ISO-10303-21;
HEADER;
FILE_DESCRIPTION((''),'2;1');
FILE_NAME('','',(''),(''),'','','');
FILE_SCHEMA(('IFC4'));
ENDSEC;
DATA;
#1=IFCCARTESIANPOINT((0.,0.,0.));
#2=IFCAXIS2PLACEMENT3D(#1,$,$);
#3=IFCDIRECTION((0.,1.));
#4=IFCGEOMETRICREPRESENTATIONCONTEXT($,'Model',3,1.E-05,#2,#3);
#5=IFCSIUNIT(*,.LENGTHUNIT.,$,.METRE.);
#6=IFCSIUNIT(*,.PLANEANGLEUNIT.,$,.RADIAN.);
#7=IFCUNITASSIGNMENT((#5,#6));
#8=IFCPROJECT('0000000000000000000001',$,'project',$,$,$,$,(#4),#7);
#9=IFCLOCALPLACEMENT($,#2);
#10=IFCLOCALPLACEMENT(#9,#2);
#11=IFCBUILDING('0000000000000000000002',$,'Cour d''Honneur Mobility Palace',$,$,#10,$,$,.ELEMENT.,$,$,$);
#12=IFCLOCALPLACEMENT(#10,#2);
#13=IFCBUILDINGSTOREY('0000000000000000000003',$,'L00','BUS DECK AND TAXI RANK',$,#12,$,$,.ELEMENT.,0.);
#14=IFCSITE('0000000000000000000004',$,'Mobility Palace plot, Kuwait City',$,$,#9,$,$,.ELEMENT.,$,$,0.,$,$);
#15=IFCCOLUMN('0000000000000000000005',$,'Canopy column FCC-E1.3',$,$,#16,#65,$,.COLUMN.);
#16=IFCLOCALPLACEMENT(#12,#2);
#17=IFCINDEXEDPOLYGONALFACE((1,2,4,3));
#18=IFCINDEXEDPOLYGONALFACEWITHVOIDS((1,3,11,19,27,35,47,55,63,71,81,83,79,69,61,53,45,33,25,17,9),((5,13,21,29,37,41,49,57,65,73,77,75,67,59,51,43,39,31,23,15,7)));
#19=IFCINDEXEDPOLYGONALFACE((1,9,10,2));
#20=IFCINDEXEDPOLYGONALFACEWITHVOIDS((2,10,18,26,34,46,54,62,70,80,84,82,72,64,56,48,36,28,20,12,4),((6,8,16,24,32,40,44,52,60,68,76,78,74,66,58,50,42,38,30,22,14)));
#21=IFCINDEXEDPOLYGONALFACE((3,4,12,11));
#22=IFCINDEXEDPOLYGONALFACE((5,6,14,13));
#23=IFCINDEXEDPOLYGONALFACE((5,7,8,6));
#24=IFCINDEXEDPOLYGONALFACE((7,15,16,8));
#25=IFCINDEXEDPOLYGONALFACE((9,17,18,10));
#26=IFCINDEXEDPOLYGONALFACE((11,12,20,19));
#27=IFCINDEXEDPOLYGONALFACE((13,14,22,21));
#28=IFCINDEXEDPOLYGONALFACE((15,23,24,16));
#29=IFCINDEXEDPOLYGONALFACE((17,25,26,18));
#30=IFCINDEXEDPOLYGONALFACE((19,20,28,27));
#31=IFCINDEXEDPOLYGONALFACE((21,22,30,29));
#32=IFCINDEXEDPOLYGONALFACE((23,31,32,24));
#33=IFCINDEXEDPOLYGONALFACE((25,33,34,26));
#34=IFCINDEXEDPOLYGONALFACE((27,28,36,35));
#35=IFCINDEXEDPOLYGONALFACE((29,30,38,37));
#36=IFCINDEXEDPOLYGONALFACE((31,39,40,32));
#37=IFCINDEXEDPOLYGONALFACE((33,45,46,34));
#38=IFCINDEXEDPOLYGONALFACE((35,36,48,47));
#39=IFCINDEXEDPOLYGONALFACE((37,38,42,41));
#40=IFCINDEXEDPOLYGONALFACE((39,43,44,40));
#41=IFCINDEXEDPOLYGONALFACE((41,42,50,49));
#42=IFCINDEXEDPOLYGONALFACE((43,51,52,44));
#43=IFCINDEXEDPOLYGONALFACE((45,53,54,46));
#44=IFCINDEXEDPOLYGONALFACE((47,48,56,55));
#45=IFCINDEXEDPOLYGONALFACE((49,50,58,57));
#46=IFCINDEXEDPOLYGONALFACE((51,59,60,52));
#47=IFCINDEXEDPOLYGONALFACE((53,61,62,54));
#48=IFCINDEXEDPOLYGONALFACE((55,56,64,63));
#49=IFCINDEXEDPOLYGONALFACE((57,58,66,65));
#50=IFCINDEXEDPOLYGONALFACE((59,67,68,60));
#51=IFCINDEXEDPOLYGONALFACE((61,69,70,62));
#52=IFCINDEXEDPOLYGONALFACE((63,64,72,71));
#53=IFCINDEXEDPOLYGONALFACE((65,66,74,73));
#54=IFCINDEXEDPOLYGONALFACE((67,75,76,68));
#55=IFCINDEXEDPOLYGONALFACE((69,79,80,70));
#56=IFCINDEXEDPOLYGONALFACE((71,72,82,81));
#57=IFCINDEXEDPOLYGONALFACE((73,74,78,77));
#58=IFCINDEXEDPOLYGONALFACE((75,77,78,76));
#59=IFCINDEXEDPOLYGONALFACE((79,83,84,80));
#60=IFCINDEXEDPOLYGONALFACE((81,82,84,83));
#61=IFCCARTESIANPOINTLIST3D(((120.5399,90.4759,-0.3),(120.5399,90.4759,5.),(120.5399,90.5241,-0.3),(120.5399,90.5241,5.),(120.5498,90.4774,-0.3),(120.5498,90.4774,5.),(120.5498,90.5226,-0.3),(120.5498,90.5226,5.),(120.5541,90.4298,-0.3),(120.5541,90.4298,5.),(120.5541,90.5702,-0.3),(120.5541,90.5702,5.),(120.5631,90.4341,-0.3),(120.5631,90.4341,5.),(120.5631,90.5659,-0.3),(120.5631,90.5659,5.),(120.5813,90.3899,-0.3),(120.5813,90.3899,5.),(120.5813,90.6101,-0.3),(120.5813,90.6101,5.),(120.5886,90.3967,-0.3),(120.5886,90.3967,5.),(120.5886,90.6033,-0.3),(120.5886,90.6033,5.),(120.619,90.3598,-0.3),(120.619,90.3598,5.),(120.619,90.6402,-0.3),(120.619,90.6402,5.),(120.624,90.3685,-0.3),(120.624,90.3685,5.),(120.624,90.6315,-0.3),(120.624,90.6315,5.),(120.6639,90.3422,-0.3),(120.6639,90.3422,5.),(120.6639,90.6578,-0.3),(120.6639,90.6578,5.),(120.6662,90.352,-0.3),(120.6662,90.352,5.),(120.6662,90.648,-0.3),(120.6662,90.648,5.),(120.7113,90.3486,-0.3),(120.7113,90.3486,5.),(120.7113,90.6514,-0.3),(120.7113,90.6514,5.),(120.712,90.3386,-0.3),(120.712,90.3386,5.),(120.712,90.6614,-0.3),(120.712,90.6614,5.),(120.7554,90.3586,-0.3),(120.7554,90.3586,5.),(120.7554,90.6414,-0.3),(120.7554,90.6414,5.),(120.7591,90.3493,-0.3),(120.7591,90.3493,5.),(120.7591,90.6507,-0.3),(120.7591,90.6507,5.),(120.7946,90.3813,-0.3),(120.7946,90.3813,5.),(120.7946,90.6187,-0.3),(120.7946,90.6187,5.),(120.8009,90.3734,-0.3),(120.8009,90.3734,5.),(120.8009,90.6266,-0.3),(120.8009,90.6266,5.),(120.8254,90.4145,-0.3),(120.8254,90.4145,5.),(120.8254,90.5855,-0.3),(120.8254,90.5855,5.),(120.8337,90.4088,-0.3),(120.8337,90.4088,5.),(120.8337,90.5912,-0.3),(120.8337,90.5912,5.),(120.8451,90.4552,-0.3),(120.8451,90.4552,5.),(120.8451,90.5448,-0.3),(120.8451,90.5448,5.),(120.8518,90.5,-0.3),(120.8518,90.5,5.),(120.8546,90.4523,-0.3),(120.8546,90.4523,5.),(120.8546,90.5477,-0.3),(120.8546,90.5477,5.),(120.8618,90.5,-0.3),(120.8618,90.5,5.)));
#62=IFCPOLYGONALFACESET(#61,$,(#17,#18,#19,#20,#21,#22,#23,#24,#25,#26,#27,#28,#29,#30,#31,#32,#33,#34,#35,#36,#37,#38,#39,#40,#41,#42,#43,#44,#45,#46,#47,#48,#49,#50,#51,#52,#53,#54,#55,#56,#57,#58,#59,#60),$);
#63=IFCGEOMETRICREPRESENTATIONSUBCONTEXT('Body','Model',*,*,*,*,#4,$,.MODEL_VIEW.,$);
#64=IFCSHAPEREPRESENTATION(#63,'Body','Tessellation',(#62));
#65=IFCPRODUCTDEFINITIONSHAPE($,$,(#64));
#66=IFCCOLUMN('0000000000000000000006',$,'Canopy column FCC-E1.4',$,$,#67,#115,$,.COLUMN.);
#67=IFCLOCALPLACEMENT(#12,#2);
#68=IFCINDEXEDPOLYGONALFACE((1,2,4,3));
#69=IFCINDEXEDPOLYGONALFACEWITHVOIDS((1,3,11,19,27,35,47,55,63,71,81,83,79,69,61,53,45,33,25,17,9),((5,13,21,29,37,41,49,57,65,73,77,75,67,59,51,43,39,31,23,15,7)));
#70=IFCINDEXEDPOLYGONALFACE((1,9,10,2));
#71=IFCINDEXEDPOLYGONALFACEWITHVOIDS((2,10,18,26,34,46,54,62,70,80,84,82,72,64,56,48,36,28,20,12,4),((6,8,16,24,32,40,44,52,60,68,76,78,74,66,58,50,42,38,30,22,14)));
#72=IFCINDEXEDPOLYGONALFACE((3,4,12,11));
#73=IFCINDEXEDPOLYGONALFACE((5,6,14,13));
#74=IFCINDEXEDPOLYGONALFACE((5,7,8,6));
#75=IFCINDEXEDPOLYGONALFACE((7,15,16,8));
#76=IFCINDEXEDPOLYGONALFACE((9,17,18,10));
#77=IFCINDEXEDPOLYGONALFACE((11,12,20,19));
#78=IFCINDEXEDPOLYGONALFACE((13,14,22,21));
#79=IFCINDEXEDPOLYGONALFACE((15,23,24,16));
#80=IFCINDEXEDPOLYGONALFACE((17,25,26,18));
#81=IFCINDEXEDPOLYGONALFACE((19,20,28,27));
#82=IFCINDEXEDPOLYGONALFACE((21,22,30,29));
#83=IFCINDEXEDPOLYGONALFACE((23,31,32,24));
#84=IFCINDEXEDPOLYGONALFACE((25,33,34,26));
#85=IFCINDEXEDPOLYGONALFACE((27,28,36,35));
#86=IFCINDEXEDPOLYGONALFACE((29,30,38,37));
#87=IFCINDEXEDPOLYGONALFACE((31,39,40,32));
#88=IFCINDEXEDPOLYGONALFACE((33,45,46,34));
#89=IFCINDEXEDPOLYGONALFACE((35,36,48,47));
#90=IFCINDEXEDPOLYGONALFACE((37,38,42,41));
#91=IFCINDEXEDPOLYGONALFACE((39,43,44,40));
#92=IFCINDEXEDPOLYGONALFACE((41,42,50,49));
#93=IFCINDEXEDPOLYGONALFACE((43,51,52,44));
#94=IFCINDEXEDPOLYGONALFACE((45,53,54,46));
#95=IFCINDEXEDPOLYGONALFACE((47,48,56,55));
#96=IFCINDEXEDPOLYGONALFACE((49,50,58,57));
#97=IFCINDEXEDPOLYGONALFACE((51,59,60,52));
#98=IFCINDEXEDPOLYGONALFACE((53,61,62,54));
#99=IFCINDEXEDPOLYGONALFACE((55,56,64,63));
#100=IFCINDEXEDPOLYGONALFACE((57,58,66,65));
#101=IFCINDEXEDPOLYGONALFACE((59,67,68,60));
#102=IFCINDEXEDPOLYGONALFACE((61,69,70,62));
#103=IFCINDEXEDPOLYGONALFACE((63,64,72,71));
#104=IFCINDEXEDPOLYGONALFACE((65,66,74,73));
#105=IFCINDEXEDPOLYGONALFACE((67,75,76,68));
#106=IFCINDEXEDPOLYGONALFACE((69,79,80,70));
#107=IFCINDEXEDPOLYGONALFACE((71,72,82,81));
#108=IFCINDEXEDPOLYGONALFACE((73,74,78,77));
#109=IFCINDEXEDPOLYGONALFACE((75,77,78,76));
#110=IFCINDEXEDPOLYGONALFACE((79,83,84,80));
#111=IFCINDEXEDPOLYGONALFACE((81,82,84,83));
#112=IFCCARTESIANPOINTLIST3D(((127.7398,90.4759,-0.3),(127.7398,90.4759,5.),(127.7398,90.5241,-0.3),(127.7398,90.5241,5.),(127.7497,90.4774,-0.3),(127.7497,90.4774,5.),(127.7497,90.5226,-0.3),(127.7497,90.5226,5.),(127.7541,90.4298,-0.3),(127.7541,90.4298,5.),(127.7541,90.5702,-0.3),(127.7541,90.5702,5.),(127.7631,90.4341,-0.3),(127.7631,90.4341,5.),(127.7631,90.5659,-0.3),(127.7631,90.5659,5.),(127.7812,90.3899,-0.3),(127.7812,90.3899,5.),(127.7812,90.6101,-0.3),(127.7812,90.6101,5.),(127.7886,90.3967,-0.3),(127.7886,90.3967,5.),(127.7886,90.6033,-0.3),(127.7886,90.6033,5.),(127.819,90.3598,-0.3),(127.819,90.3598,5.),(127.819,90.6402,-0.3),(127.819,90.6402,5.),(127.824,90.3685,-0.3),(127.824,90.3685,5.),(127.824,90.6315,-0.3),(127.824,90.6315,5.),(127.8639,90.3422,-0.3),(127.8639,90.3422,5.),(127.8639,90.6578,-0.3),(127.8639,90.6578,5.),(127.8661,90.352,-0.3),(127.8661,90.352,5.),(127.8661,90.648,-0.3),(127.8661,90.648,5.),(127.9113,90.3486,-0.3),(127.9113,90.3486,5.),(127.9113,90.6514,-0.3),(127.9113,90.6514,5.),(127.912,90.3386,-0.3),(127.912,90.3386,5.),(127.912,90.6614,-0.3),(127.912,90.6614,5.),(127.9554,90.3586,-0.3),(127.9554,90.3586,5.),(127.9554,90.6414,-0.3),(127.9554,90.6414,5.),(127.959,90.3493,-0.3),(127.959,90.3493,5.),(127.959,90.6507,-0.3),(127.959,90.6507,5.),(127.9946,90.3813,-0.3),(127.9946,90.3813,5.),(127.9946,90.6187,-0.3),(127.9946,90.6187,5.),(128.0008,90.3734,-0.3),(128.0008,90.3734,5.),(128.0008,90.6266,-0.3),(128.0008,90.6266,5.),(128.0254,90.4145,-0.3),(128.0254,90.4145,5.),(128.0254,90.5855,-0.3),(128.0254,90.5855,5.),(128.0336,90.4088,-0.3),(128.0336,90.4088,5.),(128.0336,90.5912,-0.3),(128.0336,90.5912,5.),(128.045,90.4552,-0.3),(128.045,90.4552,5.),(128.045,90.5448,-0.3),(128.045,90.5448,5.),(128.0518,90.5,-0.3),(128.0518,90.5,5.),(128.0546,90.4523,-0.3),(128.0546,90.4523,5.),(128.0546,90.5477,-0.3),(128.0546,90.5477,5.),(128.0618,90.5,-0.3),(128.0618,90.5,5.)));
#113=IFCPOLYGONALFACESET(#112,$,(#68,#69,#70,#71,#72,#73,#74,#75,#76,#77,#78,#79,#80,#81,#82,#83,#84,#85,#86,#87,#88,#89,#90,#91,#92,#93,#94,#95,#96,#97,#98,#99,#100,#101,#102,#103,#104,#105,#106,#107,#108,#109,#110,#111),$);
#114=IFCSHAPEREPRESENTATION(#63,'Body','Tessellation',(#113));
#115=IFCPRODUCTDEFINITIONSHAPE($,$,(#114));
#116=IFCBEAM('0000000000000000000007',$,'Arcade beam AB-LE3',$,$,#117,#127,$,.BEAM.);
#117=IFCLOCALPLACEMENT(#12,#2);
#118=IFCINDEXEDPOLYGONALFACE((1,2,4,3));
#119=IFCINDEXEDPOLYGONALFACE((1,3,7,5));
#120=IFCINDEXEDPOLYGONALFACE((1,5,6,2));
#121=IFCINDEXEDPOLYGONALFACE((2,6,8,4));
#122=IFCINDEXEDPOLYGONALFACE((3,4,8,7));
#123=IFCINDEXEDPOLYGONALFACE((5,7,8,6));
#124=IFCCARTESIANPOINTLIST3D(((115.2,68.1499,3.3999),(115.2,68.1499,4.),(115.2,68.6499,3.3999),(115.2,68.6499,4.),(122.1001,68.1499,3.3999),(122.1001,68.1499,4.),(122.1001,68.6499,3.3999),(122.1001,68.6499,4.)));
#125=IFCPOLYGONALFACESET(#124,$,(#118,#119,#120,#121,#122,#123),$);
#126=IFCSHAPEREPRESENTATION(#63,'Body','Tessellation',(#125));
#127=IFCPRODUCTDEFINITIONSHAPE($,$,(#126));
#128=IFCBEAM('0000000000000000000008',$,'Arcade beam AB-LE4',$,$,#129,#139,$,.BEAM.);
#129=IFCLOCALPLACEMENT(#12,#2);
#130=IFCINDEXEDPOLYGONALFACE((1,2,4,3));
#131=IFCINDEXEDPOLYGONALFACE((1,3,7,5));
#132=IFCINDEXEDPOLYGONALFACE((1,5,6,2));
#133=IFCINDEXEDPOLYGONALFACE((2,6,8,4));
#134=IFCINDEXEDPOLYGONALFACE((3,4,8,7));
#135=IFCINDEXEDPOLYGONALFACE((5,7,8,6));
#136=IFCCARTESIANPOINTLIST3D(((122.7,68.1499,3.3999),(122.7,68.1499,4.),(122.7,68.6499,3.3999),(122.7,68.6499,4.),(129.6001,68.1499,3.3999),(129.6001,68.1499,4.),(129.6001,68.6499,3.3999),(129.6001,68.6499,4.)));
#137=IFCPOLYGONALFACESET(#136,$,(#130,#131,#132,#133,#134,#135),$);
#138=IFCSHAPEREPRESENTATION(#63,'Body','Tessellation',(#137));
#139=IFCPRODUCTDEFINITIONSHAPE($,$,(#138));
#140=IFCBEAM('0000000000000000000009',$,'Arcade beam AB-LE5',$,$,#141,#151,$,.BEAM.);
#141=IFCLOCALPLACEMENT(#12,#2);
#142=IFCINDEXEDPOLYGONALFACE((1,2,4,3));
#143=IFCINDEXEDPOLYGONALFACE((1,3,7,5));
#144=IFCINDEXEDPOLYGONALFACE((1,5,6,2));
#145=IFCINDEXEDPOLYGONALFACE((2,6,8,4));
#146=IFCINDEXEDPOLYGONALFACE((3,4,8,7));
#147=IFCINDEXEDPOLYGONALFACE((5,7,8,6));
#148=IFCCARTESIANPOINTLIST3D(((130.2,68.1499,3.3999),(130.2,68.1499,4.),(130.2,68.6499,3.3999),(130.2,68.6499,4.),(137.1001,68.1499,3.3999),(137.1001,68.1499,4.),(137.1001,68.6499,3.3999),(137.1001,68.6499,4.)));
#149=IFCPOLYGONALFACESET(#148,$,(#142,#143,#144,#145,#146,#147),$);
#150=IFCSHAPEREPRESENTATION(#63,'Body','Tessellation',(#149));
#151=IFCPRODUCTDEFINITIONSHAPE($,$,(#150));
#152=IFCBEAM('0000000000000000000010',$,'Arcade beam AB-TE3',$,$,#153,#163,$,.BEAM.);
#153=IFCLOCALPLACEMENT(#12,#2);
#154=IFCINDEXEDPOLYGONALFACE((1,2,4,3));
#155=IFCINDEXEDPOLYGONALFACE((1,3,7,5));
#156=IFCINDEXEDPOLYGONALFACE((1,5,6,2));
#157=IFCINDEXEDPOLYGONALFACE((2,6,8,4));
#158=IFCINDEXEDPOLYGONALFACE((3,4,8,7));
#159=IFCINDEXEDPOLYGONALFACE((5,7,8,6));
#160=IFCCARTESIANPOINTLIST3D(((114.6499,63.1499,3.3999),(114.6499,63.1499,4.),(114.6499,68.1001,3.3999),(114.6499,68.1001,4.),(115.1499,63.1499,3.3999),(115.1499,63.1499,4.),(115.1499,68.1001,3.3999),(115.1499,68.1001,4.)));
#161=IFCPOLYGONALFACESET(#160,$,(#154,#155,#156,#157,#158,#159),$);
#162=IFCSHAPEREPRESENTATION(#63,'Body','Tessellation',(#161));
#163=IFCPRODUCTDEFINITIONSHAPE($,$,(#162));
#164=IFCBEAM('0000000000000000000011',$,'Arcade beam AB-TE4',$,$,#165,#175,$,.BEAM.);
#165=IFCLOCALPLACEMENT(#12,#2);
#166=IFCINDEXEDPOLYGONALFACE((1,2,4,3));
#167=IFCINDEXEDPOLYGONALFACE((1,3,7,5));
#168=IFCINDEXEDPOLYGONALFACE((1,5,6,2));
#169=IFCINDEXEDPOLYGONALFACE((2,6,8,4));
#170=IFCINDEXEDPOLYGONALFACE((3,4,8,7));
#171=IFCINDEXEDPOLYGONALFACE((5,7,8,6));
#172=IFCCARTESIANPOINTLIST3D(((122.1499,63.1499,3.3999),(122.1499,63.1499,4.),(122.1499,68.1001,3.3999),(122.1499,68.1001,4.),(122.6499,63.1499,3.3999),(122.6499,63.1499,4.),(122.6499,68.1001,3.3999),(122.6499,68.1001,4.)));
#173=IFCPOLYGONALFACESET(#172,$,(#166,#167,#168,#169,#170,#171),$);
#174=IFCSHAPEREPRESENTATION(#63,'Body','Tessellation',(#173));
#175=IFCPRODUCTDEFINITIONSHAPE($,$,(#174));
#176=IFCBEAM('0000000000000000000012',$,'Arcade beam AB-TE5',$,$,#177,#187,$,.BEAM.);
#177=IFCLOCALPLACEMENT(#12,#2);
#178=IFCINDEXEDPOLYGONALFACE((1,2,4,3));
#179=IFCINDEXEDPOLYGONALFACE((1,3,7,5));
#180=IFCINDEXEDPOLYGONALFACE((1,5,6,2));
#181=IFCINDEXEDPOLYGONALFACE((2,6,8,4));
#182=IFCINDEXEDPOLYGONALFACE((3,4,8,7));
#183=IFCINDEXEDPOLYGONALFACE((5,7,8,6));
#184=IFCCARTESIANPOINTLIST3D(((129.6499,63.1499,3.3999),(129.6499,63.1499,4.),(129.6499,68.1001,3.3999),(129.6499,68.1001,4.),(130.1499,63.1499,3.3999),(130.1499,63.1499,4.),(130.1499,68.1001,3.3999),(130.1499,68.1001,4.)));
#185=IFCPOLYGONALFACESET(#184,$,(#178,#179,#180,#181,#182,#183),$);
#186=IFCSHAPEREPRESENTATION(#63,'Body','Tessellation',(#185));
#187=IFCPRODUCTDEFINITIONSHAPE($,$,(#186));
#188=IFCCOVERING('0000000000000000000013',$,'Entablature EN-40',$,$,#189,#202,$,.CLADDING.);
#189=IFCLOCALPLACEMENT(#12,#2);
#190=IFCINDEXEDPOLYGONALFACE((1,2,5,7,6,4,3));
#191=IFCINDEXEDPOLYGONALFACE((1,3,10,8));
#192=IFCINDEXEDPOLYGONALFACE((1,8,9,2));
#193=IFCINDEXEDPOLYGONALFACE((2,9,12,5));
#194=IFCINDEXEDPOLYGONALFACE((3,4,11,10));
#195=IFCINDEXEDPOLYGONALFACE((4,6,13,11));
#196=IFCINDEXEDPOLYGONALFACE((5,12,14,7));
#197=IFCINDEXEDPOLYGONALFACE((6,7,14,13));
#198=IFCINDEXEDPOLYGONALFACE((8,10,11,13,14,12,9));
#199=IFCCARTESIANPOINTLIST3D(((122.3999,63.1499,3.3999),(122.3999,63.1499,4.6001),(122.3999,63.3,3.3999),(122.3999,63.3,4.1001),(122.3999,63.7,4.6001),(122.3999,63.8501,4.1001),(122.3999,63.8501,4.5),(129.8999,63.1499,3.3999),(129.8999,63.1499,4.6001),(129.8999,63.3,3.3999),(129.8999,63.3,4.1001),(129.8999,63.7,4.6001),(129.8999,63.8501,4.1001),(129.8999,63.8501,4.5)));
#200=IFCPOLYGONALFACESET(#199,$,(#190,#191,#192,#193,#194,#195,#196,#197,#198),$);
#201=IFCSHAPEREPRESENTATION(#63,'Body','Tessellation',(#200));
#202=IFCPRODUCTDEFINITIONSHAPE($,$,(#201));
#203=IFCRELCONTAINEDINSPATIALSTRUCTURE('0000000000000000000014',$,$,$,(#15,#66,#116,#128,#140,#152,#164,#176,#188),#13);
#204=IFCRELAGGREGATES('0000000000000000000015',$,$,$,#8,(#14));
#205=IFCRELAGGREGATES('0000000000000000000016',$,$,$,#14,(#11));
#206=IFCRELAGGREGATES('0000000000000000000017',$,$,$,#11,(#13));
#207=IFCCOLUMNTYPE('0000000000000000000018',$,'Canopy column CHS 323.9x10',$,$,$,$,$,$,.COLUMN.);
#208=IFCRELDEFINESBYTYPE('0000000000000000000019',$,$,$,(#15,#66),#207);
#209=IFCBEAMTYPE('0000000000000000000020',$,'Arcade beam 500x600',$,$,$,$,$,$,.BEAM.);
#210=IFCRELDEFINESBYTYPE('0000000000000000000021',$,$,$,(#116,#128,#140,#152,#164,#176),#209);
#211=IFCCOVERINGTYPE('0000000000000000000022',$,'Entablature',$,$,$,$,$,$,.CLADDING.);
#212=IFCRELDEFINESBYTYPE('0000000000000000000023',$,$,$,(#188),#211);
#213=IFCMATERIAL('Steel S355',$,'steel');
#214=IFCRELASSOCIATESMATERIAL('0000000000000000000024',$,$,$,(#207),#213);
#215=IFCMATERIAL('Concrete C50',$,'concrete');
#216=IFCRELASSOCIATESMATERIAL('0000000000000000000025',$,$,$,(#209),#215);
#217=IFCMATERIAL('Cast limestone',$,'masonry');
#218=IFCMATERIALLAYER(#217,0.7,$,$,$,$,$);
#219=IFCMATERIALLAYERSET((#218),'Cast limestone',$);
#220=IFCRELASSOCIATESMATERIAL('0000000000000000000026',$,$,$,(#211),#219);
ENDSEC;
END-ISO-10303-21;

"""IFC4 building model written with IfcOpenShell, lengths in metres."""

from ifc_helpers import new_model, si_unit, direction, frame, origin, origin_2d, place, context, subcontext, project, spatial, polyline, rectangle, hollow_circle, outline, extrude, material, layer, layer_set, material_profile, profile_set, type_object, element, save


model = new_model("IFC4")

# Units and contexts
model_context = context("Model", 3, precision=1e-05, world=origin(), true_north=direction((0.0, 1.0)))
body_context = subcontext(model_context, "Body", "Model", "MODEL_VIEW")
ifc_project = project(units=[si_unit("LENGTHUNIT", "METRE"), si_unit("PLANEANGLEUNIT", "RADIAN")], contexts=[model_context])

# Site, building, storey
site_placement = place(None, origin())
site = spatial("IfcSite", under=ifc_project, at=site_placement, Name="Mobility Palace plot, Kuwait City", CompositionType="ELEMENT", RefElevation=0.0)
building_placement = place(site_placement, origin())
building = spatial("IfcBuilding", under=site, at=building_placement, Name="Cour d'Honneur Mobility Palace", CompositionType="ELEMENT")
storey_placement = place(building_placement, origin())
storey = spatial("IfcBuildingStorey", under=building, at=storey_placement, Name="L00", Description="BUS DECK AND TAXI RANK", CompositionType="ELEMENT", Elevation=0.0)

# Columns
ifc_material_1 = material(Name="Steel S355", Category="steel")
ifc_material_profile_1 = material_profile(ifc_material_1, hollow_circle(Radius=0.1619, WallThickness=0.01, at=origin_2d()), Name="CHS 323.9x10")
ifc_profile_set_1 = profile_set([ifc_material_profile_1], Name="Steel S355")
column_type_1 = type_object("IfcColumnType", Name="Canopy column CHS 323.9x10", PredefinedType="COLUMN", material=ifc_profile_set_1)
for number, where, z_axis, x_axis, name in (
    (1, (120.7, 90.5, -0.3), (0.0, 0.0, 1.0), (1.0, 0.0, 0.0), "Canopy column FCC-E1.3"),
    (2, (127.8999, 90.5, -0.3), (0.0, 0.0, 1.0), (1.0, 0.0, 0.0), "Canopy column FCC-E1.4"),
):
    element("IfcColumn", number, at=place(storey_placement, frame(where, z_axis=z_axis, x_axis=x_axis)), inside=storey, type_object=column_type_1, Name=name, PredefinedType="COLUMN", context=body_context, shape_type="SweptSolid", body=[
        extrude(hollow_circle(Radius=0.1619, WallThickness=0.01, at=origin_2d()), origin(), (0.0, 0.0, 1.0), 5.3),
    ])

# Beams
ifc_material_2 = material(Name="Concrete C50", Category="concrete")
ifc_material_profile_2 = material_profile(ifc_material_2, rectangle(XDim=0.5, YDim=0.6001, at=origin_2d()), Name="Arcade beam 500x600")
ifc_profile_set_2 = profile_set([ifc_material_profile_2], Name="Concrete C50")
beam_type = type_object("IfcBeamType", Name="Arcade beam 500x600", PredefinedType="BEAM", material=ifc_profile_set_2)
for number, where, z_axis, x_axis, name in (
    (3, (115.2, 68.3999, 3.7), (1.0, 0.0, 0.0), (0.0, 1.0, 0.0), "Arcade beam AB-LE3"),
    (4, (122.7, 68.3999, 3.7), (1.0, 0.0, 0.0), (0.0, 1.0, 0.0), "Arcade beam AB-LE4"),
    (5, (130.2, 68.3999, 3.7), (1.0, 0.0, 0.0), (0.0, 1.0, 0.0), "Arcade beam AB-LE5"),
):
    element("IfcBeam", number, at=place(storey_placement, frame(where, z_axis=z_axis, x_axis=x_axis)), inside=storey, type_object=beam_type, Name=name, PredefinedType="BEAM", context=body_context, shape_type="SweptSolid", body=[
        extrude(rectangle(XDim=0.5, YDim=0.6001, at=origin_2d()), origin(), (0.0, 0.0, 1.0), 6.9001),
    ])
for number, where, z_axis, x_axis, name in (
    (6, (114.8999, 63.1499, 3.7), (0.0, 1.0, 0.0), (-1.0, 0.0, 0.0), "Arcade beam AB-TE3"),
    (7, (122.3999, 63.1499, 3.7), (0.0, 1.0, 0.0), (-1.0, 0.0, 0.0), "Arcade beam AB-TE4"),
    (8, (129.8999, 63.1499, 3.7), (0.0, 1.0, 0.0), (-1.0, 0.0, 0.0), "Arcade beam AB-TE5"),
):
    element("IfcBeam", number, at=place(storey_placement, frame(where, z_axis=z_axis, x_axis=x_axis)), inside=storey, type_object=beam_type, Name=name, PredefinedType="BEAM", context=body_context, shape_type="SweptSolid", body=[
        extrude(rectangle(XDim=0.5, YDim=0.6001, at=origin_2d()), origin(), (0.0, 0.0, 1.0), 4.9502),
    ])

# Covering
ifc_material_3 = material(Name="Cast limestone", Category="masonry")
ifc_layer_1 = layer(ifc_material_3, 0.7)
ifc_layer_set_1 = layer_set([ifc_layer_1], Name="Cast limestone")
covering_type_1 = type_object("IfcCoveringType", Name="Entablature", PredefinedType="CLADDING", material=ifc_layer_set_1)
for number, where, z_axis, x_axis, name in (
    (9, (129.8999, 63.1499, 3.3999), (1.0, 0.0, 0.0), (0.0, 1.0, 0.0), "Entablature EN-40"),
):
    element("IfcCovering", number, at=place(storey_placement, frame(where, z_axis=z_axis, x_axis=x_axis)), inside=storey, type_object=covering_type_1, Name=name, PredefinedType="CLADDING", context=body_context, shape_type="SweptSolid", body=[
        extrude(outline(polyline([(0.0, 0.0), (0.1501, 0.0), (0.1501, 0.7002), (0.7002, 0.7002), (0.7002, 1.1001), (0.55, 1.2002), (0.0, 1.2002), (0.0, 0.0)])), origin(), (0.0, 0.0, -1.0), 7.5),
    ])

save(model, "model.ifc")
